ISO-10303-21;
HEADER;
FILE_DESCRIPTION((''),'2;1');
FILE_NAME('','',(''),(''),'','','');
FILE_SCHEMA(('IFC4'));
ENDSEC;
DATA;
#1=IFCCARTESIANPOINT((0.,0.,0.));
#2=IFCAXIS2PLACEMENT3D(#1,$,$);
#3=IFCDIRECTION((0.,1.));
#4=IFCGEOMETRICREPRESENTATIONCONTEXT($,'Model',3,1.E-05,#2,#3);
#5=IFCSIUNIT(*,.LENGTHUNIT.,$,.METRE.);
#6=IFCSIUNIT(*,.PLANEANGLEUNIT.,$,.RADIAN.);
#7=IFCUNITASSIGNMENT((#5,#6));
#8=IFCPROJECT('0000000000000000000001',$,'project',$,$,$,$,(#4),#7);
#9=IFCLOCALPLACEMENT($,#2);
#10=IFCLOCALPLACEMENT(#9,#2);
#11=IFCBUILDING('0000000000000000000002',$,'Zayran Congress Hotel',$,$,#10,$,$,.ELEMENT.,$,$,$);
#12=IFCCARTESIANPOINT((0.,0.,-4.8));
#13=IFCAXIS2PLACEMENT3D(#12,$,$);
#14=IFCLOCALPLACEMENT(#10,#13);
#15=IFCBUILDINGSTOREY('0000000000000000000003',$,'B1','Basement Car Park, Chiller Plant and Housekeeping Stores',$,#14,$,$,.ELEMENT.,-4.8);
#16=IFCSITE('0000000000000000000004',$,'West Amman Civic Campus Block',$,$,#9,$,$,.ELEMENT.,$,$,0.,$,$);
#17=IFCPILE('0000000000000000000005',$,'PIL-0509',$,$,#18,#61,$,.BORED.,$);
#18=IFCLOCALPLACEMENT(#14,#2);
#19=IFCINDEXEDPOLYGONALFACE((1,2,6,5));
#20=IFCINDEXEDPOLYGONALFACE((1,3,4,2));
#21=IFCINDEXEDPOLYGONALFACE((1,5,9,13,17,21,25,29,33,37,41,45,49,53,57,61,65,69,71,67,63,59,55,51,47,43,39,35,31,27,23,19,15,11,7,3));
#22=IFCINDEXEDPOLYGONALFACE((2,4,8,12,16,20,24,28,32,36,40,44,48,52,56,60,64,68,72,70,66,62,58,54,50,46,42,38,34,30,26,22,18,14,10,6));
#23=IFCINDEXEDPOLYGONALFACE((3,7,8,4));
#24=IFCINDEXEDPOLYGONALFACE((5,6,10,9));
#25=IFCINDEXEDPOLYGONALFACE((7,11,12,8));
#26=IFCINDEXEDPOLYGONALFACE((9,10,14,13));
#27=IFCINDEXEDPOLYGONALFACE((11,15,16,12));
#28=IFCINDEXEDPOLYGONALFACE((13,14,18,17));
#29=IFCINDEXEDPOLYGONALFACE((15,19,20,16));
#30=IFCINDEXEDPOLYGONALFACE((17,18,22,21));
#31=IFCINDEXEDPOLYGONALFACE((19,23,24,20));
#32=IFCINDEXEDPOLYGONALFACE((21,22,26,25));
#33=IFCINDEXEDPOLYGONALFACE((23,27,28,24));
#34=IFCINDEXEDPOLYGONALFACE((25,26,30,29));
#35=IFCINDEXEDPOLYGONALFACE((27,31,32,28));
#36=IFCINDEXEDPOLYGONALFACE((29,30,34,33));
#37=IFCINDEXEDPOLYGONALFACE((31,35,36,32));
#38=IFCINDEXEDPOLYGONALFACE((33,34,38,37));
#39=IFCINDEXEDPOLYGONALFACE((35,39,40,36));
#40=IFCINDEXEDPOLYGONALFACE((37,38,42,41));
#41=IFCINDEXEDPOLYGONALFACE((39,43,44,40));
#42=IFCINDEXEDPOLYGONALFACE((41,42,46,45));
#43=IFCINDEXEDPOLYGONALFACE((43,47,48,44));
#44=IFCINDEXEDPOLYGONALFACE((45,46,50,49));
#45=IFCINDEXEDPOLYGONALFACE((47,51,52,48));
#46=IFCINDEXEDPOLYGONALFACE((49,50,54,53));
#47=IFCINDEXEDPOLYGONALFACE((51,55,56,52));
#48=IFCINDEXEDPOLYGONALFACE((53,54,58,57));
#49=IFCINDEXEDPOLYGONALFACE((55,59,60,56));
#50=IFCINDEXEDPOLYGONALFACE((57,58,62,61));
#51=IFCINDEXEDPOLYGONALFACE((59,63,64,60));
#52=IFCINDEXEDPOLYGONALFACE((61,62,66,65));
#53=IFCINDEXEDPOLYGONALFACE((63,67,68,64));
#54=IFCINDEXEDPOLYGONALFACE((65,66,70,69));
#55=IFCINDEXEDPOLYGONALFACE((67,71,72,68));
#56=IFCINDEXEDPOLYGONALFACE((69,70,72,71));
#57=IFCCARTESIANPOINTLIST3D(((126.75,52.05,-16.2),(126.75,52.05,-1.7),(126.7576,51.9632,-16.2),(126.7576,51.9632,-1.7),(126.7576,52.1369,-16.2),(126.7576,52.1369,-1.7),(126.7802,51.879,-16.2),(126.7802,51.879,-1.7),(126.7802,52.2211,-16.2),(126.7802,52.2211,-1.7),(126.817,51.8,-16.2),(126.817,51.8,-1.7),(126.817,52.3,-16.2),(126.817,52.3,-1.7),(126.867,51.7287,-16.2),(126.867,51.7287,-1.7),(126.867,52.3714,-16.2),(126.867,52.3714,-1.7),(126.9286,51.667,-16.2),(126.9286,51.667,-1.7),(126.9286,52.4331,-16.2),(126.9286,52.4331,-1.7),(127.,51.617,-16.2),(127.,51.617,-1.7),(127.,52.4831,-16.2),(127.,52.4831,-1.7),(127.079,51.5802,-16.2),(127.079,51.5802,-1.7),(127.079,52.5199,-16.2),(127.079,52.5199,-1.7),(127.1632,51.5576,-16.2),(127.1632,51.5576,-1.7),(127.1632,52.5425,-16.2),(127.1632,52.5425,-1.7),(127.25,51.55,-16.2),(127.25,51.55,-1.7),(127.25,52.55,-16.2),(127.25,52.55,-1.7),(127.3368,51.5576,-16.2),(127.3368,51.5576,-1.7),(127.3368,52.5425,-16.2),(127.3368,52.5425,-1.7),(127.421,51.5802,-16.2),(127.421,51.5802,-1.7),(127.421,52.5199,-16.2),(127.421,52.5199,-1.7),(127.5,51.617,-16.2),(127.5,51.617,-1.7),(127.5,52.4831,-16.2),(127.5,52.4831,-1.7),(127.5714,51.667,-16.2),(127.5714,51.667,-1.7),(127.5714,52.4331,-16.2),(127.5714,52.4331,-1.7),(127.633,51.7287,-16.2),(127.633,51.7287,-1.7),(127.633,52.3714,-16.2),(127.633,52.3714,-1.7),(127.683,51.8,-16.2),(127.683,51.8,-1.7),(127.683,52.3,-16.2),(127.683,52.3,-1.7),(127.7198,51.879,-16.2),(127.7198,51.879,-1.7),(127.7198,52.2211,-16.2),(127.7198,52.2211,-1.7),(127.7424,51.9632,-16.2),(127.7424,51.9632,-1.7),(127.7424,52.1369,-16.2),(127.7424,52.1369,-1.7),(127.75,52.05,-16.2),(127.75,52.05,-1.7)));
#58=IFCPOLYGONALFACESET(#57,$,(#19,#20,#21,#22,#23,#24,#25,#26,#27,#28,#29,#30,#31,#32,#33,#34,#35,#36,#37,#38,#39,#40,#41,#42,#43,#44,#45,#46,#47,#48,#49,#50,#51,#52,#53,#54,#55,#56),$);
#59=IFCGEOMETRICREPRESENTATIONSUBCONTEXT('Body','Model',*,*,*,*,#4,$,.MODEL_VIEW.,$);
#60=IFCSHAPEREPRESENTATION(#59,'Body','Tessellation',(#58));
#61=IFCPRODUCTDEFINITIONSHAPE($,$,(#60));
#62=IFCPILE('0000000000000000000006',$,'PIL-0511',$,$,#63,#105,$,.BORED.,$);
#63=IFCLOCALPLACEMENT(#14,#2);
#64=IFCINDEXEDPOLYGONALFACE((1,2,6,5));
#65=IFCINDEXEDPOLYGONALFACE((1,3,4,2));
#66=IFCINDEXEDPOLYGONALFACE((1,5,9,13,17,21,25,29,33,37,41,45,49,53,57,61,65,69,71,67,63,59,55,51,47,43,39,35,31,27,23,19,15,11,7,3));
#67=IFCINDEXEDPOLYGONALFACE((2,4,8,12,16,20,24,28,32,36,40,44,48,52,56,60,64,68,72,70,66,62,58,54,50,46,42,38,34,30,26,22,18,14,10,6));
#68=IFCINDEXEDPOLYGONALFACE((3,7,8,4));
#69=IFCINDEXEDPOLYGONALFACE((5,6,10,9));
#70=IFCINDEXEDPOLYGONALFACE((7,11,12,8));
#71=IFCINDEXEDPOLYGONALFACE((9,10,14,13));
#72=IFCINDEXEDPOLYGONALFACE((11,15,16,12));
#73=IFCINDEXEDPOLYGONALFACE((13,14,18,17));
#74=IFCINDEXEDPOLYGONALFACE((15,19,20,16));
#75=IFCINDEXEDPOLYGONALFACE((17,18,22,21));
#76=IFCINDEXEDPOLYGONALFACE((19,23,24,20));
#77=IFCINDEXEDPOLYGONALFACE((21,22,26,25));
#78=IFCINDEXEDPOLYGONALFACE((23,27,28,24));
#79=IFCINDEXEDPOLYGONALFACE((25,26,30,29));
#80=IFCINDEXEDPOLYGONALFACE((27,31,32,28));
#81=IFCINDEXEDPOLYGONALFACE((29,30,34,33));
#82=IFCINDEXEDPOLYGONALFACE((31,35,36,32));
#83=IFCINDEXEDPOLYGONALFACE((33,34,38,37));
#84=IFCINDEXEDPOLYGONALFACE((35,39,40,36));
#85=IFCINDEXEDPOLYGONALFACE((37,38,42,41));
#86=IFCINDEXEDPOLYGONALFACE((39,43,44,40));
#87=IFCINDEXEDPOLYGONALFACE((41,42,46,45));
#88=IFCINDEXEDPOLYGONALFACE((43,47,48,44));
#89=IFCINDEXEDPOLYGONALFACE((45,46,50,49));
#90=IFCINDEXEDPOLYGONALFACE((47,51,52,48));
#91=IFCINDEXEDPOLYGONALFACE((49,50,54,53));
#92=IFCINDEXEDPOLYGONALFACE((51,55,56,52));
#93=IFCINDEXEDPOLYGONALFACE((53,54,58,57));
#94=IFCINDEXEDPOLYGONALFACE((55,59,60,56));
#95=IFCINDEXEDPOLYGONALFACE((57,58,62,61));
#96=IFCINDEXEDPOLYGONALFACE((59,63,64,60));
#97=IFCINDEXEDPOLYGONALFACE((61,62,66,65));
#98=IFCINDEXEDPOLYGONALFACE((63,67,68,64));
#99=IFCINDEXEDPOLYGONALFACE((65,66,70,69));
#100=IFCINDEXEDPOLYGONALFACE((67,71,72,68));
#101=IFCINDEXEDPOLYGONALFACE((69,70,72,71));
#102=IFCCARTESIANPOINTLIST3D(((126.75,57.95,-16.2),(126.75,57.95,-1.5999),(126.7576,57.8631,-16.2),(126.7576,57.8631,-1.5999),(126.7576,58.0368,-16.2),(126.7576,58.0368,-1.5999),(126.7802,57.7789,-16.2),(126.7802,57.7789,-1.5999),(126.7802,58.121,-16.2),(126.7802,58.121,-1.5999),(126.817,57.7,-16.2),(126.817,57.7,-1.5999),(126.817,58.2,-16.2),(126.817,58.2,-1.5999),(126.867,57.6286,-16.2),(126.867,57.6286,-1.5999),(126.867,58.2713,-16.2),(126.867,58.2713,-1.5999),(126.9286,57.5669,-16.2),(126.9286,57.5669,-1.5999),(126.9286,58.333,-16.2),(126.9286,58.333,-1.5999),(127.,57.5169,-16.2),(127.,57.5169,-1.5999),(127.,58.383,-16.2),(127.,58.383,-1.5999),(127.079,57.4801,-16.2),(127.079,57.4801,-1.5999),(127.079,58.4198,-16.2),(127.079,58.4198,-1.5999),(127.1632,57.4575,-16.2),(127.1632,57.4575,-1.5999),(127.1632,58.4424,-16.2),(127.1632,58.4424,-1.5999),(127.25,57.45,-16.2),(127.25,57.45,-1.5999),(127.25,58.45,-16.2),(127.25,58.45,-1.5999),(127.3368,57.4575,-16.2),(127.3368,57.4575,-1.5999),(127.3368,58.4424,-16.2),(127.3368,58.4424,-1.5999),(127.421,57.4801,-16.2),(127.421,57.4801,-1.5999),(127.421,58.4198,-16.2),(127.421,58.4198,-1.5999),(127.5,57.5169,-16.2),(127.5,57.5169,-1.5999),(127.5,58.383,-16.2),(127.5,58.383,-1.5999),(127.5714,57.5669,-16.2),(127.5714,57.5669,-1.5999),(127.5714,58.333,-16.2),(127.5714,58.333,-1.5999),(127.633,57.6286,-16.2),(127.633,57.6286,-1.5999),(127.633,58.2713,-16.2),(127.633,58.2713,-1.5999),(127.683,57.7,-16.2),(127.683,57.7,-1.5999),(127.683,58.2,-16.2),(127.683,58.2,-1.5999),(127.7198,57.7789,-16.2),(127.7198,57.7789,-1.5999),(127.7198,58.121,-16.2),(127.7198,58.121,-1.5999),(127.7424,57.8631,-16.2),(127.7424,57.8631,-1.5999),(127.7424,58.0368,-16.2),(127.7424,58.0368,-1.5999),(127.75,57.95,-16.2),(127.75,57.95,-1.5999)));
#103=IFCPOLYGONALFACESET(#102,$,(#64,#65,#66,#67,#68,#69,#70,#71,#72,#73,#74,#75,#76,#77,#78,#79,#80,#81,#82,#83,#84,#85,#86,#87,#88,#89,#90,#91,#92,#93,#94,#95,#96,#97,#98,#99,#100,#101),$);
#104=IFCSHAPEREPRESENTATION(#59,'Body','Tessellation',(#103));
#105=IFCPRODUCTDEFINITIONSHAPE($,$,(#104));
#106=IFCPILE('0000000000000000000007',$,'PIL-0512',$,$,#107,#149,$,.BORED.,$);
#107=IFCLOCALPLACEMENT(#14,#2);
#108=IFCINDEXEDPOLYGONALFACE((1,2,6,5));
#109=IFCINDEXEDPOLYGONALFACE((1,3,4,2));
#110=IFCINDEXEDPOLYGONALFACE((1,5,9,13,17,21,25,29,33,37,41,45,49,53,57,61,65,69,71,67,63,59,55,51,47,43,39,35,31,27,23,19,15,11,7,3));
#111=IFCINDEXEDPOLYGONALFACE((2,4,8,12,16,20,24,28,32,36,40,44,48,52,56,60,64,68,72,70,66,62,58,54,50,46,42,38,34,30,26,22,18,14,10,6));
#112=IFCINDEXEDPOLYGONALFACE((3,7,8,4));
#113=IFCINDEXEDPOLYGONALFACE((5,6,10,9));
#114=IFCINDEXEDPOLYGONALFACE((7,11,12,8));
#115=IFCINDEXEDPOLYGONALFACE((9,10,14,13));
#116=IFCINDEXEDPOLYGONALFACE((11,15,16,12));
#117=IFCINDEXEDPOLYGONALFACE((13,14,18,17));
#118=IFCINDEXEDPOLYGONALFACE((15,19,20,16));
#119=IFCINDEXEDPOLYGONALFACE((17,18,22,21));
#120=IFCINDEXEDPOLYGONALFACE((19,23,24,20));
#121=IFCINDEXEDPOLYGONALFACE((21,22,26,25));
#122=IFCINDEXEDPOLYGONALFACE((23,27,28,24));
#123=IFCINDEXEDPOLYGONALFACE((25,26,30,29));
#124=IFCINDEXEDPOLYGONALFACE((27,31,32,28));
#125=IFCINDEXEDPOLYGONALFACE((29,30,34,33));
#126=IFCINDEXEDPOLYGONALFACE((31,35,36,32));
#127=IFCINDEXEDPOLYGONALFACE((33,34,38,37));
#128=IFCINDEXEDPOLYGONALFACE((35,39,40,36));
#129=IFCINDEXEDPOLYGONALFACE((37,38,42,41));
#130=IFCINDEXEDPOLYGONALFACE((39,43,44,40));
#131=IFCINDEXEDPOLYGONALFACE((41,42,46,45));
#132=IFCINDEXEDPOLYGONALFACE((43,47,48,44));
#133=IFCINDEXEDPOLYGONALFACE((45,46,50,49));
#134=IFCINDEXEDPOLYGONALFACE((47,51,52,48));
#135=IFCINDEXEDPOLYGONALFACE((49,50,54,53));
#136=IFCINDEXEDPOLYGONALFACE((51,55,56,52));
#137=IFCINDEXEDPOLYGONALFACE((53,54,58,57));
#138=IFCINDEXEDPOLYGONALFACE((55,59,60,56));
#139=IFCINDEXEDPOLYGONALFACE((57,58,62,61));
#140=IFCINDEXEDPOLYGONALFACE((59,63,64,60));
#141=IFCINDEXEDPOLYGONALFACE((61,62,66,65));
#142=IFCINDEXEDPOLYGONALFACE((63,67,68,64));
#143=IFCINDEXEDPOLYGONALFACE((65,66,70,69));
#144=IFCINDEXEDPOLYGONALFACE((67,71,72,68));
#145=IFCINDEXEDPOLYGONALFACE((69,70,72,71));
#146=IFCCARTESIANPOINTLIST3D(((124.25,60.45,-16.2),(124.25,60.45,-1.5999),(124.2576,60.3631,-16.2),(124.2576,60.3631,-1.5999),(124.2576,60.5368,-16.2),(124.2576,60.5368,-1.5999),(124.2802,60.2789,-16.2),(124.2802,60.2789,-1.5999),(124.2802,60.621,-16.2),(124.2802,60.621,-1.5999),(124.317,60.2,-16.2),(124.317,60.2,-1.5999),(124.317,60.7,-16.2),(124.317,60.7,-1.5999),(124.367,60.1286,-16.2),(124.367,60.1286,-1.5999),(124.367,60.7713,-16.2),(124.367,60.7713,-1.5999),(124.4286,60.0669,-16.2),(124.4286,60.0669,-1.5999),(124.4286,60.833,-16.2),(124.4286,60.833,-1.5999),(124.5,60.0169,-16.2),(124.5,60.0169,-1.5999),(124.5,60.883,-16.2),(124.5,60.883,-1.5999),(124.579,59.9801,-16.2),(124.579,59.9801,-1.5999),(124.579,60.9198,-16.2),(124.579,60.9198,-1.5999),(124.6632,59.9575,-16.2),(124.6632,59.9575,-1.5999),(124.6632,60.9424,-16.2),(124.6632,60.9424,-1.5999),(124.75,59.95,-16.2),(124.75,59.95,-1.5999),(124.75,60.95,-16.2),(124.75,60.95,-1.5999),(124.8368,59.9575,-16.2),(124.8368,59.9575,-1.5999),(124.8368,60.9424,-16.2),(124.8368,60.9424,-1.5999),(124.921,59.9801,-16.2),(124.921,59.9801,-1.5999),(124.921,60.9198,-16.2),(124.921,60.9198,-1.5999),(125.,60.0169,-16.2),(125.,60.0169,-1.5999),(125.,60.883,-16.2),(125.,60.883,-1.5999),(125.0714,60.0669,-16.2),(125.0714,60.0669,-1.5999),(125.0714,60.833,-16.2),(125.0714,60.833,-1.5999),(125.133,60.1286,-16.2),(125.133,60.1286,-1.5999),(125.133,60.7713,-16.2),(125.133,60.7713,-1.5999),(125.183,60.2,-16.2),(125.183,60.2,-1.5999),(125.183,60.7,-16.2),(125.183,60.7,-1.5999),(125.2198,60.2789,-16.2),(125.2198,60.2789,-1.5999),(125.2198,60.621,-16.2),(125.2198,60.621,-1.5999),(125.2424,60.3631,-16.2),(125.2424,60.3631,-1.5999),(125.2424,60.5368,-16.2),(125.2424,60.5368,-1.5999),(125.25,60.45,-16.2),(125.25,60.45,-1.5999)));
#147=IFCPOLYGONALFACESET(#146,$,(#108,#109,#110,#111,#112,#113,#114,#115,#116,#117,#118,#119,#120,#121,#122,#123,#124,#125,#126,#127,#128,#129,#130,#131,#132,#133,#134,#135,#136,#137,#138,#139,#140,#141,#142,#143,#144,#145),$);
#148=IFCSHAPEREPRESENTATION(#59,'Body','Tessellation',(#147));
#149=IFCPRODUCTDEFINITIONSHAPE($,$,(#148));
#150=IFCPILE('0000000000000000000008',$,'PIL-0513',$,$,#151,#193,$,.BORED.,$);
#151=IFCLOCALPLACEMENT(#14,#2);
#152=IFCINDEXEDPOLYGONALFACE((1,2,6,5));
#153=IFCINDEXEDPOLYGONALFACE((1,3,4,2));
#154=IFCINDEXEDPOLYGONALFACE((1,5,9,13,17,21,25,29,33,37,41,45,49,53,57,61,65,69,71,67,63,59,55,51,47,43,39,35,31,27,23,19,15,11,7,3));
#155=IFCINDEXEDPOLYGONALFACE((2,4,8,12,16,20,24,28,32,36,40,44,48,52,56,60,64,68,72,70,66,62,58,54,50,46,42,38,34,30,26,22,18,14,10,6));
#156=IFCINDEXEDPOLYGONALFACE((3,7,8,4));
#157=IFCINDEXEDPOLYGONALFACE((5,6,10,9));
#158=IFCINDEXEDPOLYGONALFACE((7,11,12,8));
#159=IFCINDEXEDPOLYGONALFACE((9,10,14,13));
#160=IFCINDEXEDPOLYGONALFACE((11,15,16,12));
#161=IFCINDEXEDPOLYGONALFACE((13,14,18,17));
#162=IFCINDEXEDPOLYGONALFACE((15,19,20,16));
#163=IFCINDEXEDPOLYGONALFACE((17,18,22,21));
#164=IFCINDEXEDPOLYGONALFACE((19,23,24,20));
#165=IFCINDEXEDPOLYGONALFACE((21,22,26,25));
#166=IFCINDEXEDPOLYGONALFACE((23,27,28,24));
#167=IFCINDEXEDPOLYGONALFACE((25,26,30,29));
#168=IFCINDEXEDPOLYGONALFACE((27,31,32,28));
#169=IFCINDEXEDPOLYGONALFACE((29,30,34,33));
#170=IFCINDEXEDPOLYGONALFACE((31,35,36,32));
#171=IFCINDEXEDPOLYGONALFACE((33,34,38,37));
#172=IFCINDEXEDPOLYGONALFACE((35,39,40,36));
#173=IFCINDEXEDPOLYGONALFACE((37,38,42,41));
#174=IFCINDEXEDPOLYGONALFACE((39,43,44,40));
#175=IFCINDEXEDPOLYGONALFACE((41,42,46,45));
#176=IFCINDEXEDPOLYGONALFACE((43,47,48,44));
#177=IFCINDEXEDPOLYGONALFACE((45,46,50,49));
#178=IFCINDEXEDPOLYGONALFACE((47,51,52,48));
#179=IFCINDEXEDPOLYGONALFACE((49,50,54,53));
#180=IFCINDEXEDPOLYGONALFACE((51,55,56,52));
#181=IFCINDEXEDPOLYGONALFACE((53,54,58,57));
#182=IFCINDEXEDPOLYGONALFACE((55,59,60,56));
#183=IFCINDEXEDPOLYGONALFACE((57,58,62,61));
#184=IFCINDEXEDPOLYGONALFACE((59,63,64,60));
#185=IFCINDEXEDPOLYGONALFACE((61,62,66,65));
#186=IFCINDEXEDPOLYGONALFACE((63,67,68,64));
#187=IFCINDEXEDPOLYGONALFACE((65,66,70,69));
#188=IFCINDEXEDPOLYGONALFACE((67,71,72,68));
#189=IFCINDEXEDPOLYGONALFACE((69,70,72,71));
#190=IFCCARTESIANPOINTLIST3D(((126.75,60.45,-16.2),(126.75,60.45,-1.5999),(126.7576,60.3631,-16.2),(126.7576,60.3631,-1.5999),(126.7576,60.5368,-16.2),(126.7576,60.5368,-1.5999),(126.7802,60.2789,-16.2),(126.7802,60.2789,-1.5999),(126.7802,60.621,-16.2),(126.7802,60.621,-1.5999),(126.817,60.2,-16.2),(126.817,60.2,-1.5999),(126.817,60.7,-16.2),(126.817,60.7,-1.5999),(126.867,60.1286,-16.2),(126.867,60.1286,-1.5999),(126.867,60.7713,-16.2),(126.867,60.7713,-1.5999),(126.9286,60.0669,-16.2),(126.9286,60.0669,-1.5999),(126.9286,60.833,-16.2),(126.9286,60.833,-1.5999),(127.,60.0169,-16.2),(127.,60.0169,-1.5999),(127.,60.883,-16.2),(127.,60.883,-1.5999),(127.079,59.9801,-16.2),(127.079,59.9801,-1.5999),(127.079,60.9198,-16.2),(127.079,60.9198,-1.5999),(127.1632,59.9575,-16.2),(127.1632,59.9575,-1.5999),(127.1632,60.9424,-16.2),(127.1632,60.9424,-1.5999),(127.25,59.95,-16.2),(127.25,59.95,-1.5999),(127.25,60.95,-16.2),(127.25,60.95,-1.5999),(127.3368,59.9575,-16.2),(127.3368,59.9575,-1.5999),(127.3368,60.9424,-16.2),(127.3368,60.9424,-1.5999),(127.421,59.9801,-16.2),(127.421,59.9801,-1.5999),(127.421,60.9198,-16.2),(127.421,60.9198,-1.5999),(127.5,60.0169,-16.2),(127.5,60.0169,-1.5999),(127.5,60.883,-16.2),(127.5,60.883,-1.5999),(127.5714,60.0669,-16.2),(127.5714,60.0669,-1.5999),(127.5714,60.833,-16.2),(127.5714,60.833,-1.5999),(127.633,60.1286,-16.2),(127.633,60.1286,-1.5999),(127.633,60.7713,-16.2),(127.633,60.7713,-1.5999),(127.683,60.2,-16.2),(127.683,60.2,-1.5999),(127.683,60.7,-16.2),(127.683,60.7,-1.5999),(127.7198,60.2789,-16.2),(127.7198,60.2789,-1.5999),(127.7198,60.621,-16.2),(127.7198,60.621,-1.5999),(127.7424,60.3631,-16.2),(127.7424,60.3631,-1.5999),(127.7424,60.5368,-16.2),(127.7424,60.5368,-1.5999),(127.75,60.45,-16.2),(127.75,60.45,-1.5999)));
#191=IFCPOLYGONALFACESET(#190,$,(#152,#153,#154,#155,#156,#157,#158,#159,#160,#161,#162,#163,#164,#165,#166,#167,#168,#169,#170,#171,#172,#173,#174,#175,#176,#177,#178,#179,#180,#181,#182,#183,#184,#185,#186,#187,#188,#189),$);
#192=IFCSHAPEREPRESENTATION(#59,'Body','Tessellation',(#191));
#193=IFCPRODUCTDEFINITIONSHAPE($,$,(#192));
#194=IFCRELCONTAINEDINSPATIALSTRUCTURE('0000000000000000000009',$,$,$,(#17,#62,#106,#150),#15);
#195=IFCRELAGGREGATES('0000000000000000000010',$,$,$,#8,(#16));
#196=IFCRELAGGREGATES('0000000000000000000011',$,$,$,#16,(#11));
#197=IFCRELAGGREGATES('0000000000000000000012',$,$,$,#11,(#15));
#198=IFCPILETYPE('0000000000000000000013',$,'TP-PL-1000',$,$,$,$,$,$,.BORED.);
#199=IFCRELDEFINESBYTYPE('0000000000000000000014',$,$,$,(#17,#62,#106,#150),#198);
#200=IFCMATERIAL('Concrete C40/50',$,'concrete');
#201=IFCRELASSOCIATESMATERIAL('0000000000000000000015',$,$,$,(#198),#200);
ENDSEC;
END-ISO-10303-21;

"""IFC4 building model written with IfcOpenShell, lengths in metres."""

from ifc_helpers import new_model, si_unit, direction, frame, origin, origin_2d, place, context, subcontext, project, spatial, circle, extrude, material, material_profile, profile_set, type_object, element, save


model = new_model("IFC4")

# Units and contexts
model_context = context("Model", 3, precision=1e-05, world=origin(), true_north=direction((0.0, 1.0)))
body_context = subcontext(model_context, "Body", "Model", "MODEL_VIEW")
ifc_project = project(units=[si_unit("LENGTHUNIT", "METRE"), si_unit("PLANEANGLEUNIT", "RADIAN")], contexts=[model_context])

# Site, building, storey
site_placement = place(None, origin())
site = spatial("IfcSite", under=ifc_project, at=site_placement, Name="West Amman Civic Campus Block", CompositionType="ELEMENT", RefElevation=0.0)
building_placement = place(site_placement, origin())
building = spatial("IfcBuilding", under=site, at=building_placement, Name="Zayran Congress Hotel", CompositionType="ELEMENT")
storey_placement = place(building_placement, frame((0.0, 0.0, -4.8)))
storey = spatial("IfcBuildingStorey", under=building, at=storey_placement, Name="B1", Description="Basement Car Park, Chiller Plant and Housekeeping Stores", CompositionType="ELEMENT", Elevation=-4.8)

# Piles
ifc_material_1 = material(Name="Concrete C40/50", Category="concrete")
ifc_material_profile_1 = material_profile(ifc_material_1, circle(Radius=0.5, at=origin_2d()), Name="PILE D1000")
ifc_profile_set_1 = profile_set([ifc_material_profile_1], Name="Concrete C40/50")
pile_type = type_object("IfcPileType", Name="TP-PL-1000", PredefinedType="BORED", material=ifc_profile_set_1)
pile_placement = place(storey_placement, frame((127.25, 52.05, -1.7), z_axis=(0.0, 0.0, -1.0), x_axis=(1.0, 0.0, 0.0)))
element("IfcPile", 1, at=pile_placement, inside=storey, type_object=pile_type, Name="PIL-0509", PredefinedType="BORED", context=body_context, shape_type="SweptSolid", body=[
    extrude(circle(Radius=0.5, at=origin_2d()), origin(), (0.0, 0.0, 1.0), 14.5),
])
for number, where, z_axis, x_axis, name in (
    (2, (127.25, 57.95, -1.5999), (0.0, 0.0, -1.0), (1.0, 0.0, 0.0), "PIL-0511"),
    (3, (124.75, 60.45, -1.5999), (0.0, 0.0, -1.0), (1.0, 0.0, 0.0), "PIL-0512"),
    (4, (127.25, 60.45, -1.5999), (0.0, 0.0, -1.0), (1.0, 0.0, 0.0), "PIL-0513"),
):
    element("IfcPile", number, at=place(storey_placement, frame(where, z_axis=z_axis, x_axis=x_axis)), inside=storey, type_object=pile_type, Name=name, PredefinedType="BORED", context=body_context, shape_type="SweptSolid", body=[
        extrude(circle(Radius=0.5, at=origin_2d()), origin(), (0.0, 0.0, 1.0), 14.6001),
    ])

save(model, "model.ifc")
